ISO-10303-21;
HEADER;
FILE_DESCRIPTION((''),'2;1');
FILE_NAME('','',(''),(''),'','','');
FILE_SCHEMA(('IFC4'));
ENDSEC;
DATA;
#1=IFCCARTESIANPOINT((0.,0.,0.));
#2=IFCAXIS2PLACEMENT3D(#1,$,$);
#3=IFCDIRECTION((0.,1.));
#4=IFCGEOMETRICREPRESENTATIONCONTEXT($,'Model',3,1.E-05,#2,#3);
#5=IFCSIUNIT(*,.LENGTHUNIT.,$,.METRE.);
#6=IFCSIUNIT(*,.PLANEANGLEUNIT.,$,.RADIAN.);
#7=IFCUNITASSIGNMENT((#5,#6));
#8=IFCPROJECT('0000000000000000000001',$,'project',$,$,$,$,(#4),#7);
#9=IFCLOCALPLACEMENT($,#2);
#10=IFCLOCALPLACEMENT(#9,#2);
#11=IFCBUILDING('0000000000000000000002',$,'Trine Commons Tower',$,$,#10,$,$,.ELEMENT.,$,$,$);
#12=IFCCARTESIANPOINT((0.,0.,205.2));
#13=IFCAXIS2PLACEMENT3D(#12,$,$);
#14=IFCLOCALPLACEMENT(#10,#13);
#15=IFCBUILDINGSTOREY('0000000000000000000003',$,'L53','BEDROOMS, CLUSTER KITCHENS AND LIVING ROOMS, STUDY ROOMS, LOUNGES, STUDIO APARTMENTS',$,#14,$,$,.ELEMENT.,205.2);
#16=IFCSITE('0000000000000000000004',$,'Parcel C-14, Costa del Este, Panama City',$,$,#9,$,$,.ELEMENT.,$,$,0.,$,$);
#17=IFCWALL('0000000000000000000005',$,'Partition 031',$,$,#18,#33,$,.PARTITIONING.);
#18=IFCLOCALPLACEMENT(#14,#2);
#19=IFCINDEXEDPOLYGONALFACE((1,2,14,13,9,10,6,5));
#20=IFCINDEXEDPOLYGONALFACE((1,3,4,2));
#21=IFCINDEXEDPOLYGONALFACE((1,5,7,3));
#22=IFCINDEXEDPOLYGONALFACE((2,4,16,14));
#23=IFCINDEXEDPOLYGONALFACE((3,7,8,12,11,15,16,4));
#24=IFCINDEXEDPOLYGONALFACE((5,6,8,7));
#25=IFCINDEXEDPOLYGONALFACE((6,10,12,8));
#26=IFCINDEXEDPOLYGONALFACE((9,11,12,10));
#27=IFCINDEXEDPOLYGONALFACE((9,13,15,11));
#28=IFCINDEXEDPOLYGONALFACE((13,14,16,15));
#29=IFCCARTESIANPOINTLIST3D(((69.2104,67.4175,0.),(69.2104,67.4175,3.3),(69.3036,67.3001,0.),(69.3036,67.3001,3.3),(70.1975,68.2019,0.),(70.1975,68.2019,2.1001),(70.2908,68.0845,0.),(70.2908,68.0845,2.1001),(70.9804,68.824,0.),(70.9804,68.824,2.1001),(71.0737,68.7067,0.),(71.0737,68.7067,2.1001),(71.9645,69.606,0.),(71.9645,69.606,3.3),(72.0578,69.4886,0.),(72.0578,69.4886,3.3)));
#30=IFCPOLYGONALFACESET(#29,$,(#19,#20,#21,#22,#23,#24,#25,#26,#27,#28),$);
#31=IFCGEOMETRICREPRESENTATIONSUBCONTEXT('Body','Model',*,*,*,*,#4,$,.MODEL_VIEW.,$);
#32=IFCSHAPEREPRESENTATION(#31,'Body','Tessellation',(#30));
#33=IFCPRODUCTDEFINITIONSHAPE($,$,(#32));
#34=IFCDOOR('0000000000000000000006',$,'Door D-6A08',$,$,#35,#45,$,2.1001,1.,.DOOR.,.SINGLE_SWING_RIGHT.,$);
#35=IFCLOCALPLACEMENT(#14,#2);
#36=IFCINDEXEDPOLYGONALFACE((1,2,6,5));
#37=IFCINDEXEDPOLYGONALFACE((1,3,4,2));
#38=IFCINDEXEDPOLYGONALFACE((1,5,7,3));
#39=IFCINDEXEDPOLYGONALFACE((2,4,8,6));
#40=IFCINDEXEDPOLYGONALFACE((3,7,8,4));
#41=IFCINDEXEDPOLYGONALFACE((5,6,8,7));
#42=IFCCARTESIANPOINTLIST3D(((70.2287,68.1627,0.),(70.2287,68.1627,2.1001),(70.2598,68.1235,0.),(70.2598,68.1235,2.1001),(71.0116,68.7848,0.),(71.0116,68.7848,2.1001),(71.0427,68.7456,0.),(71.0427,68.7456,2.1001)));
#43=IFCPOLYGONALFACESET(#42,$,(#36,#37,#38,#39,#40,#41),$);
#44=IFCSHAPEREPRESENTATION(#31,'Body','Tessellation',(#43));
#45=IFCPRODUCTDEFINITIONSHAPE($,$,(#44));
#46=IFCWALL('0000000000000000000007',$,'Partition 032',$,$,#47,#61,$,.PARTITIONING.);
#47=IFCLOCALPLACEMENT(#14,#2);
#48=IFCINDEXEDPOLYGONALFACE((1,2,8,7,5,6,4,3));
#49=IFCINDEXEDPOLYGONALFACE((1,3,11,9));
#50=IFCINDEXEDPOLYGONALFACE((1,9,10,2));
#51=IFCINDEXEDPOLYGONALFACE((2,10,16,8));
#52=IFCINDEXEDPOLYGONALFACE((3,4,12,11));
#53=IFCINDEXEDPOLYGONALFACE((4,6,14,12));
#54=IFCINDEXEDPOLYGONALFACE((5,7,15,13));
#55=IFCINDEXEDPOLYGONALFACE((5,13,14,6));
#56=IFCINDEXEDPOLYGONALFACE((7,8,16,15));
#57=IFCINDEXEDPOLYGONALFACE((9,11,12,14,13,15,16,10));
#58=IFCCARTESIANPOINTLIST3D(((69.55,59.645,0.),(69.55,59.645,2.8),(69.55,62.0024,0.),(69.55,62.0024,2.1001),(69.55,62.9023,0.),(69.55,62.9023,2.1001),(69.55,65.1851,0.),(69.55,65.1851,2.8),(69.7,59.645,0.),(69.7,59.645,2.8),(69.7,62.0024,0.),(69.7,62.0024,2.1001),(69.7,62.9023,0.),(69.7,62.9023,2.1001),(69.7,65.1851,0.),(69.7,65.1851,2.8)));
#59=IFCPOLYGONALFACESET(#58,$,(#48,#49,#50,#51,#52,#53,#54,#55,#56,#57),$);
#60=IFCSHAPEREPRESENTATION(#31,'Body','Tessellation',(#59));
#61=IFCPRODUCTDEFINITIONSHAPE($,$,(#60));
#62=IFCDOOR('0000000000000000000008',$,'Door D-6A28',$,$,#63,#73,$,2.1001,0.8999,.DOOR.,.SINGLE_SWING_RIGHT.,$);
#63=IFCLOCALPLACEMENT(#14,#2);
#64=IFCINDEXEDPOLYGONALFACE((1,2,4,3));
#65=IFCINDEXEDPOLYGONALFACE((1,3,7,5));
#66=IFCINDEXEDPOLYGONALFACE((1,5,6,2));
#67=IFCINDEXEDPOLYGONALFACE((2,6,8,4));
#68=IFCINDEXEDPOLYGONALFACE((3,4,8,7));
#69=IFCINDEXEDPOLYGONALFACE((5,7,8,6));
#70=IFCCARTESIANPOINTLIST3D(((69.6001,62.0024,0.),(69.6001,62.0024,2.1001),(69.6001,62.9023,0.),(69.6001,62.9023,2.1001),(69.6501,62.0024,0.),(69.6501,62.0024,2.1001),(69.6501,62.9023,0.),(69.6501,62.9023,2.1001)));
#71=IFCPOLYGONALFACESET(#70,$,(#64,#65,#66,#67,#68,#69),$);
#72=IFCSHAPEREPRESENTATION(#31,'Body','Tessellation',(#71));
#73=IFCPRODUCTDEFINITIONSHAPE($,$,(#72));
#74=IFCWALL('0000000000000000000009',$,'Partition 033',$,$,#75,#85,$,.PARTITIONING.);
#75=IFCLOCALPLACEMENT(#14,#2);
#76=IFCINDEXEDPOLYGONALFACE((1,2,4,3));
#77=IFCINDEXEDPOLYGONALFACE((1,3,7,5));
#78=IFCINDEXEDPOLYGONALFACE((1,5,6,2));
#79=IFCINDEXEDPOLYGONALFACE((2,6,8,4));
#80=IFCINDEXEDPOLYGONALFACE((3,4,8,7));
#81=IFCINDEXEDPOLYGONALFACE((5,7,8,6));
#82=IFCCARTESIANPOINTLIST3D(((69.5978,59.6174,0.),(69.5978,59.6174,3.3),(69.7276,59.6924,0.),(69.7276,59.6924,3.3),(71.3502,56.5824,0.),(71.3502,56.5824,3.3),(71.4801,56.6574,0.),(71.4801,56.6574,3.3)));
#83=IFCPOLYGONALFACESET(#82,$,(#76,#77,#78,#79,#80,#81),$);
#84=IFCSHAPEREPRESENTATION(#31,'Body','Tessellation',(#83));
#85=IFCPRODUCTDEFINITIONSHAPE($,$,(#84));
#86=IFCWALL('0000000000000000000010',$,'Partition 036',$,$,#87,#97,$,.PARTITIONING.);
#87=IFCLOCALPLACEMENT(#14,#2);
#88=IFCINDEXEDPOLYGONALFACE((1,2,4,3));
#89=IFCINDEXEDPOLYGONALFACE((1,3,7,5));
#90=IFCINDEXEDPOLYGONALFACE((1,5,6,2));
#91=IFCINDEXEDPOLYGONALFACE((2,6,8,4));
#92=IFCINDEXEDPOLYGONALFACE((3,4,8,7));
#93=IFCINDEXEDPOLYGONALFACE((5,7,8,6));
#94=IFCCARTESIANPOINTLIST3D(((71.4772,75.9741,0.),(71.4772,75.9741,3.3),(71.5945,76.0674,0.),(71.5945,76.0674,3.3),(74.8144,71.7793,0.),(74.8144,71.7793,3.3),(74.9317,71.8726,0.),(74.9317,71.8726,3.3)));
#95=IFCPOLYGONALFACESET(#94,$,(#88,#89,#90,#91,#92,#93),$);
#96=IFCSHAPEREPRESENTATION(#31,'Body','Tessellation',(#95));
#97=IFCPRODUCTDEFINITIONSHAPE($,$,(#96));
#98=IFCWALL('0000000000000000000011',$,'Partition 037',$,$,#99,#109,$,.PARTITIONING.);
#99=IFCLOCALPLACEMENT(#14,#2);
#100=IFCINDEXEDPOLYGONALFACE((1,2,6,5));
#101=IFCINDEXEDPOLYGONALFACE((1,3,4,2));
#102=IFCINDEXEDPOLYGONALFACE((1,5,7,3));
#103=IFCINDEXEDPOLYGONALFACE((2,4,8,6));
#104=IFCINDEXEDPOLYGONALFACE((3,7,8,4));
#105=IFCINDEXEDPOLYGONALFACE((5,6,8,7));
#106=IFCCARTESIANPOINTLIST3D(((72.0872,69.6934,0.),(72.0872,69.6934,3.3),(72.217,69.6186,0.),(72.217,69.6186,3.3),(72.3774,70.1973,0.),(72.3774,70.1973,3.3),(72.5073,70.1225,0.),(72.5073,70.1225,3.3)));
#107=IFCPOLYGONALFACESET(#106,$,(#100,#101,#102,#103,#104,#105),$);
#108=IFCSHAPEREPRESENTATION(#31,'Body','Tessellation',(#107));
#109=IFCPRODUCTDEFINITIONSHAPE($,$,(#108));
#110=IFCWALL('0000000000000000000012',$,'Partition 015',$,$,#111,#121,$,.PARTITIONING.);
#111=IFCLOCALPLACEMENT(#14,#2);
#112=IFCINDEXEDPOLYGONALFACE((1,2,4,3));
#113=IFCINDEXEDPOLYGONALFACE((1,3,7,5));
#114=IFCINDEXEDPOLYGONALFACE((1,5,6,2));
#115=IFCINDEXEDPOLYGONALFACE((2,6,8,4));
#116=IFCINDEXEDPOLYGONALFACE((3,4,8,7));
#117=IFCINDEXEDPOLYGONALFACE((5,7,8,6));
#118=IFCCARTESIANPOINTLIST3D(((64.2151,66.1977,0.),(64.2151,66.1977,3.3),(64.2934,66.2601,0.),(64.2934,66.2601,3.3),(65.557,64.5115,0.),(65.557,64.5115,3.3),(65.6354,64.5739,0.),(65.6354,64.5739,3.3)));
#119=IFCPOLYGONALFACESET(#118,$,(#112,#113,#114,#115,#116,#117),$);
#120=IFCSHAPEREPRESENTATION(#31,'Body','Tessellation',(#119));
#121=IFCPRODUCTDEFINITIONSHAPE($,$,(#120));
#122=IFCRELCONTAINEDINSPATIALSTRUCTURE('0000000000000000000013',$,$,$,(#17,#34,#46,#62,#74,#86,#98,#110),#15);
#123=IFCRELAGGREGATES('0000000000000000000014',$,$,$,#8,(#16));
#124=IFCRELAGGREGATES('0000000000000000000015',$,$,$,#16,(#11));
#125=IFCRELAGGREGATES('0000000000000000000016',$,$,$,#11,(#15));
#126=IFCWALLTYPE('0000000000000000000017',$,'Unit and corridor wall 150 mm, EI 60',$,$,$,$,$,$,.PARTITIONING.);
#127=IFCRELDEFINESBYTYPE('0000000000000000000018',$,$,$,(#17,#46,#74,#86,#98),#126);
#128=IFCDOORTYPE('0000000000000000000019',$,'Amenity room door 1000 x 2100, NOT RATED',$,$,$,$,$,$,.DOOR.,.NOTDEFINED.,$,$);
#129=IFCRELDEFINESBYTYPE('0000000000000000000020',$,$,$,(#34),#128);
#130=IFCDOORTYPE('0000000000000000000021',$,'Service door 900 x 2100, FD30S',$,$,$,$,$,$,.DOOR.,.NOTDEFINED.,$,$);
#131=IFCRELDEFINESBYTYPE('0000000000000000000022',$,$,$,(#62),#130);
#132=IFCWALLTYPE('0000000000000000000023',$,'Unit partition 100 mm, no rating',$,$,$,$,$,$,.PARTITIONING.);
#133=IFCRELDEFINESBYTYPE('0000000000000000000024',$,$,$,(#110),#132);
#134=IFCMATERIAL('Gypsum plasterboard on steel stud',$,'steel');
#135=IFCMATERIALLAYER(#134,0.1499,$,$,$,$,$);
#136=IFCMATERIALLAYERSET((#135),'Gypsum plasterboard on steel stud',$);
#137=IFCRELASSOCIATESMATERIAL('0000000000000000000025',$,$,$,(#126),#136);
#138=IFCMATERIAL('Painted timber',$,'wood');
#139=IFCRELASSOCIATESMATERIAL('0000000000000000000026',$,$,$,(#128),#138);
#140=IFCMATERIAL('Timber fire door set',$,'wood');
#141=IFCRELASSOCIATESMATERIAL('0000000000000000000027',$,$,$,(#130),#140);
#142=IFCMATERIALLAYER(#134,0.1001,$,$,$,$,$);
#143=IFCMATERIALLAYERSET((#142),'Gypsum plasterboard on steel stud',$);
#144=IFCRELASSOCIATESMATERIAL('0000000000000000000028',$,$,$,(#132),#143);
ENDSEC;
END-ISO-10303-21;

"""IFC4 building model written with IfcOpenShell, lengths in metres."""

from ifc_helpers import new_model, si_unit, direction, frame, frame_2d, origin, place, context, subcontext, project, spatial, rectangle, extrude, material, layer, layer_set, type_object, element, fill, save


model = new_model("IFC4")

# Units and contexts
model_context = context("Model", 3, precision=1e-05, world=origin(), true_north=direction((0.0, 1.0)))
body_context = subcontext(model_context, "Body", "Model", "MODEL_VIEW")
ifc_project = project(units=[si_unit("LENGTHUNIT", "METRE"), si_unit("PLANEANGLEUNIT", "RADIAN")], contexts=[model_context])

# Site, building, storey
site_placement = place(None, origin())
site = spatial("IfcSite", under=ifc_project, at=site_placement, Name="Parcel C-14, Costa del Este, Panama City", CompositionType="ELEMENT", RefElevation=0.0)
building_placement = place(site_placement, origin())
building = spatial("IfcBuilding", under=site, at=building_placement, Name="Trine Commons Tower", CompositionType="ELEMENT")
storey_placement = place(building_placement, frame((0.0, 0.0, 205.2)))
storey = spatial("IfcBuildingStorey", under=building, at=storey_placement, Name="L53", Description="BEDROOMS, CLUSTER KITCHENS AND LIVING ROOMS, STUDY ROOMS, LOUNGES, STUDIO APARTMENTS", CompositionType="ELEMENT", Elevation=205.2)

# Shared definitions
ifc_material_1 = material(Name="Gypsum plasterboard on steel stud", Category="steel")
ifc_layer_1 = layer(ifc_material_1, 0.1499)
ifc_layer_set_1 = layer_set([ifc_layer_1], Name="Gypsum plasterboard on steel stud")
wall_type_1 = type_object("IfcWallType", Name="Unit and corridor wall 150 mm, EI 60", PredefinedType="PARTITIONING", material=ifc_layer_set_1)

# Shared definitions
ifc_material_2 = material(Name="Timber fire door set", Category="wood")

# Shared definitions
ifc_material_3 = material(Name="Painted timber", Category="wood")
door_type_1 = type_object("IfcDoorType", Name="Amenity room door 1000 x 2100, NOT RATED", OperationType="NOTDEFINED", PredefinedType="DOOR", material=ifc_material_3)

# Walls, openings, doors
wall_1_placement = place(storey_placement, frame((69.2571, 67.3589, 0.0), z_axis=(0.0, 0.0, 1.0), x_axis=(0.782923, 0.622119, 0.0)))
wall_1 = element("IfcWall", 1, at=wall_1_placement, inside=storey, type_object=wall_type_1, Name="Partition 031", PredefinedType="PARTITIONING", context=body_context, shape_type="SweptSolid", body=[
    extrude(rectangle(XDim=3.5178, YDim=0.1499, at=frame_2d((1.7588, 0.0))), origin(), (0.0, 0.0, 1.0), 3.3),
])
opening_1_placement = place(wall_1_placement, frame((1.2607, 0.0, 0.0)))
opening_1 = element("IfcOpeningElement", 2, at=opening_1_placement, cuts=wall_1, PredefinedType="OPENING", context=body_context, shape_type="SweptSolid", body=[
    extrude(rectangle(XDim=1.0, YDim=2.1001, at=frame_2d((0.5, 1.05))), frame((0.0, 0.085, 0.0), z_axis=(0.0, -1.0, 0.0), x_axis=(1.0, 0.0, 0.0)), (0.0, 0.0, 1.0), 0.1699),
])
door_1_placement = place(opening_1_placement, origin())
door_1 = element("IfcDoor", 3, at=door_1_placement, inside=storey, type_object=door_type_1, Name="Door D-6A08", OperationType="SINGLE_SWING_RIGHT", OverallHeight=2.1001, OverallWidth=1.0, PredefinedType="DOOR", context=body_context, shape_type="SweptSolid", body=[
    extrude(rectangle(XDim=1.0, YDim=2.1001, at=frame_2d((0.5, 1.05))), frame((0.0, 0.0249, 0.0), z_axis=(0.0, -1.0, 0.0), x_axis=(1.0, 0.0, 0.0)), (0.0, 0.0, 1.0), 0.05),
])
fill(opening_1, door_1)
wall_2_placement = place(storey_placement, frame((69.625, 59.645, 0.0), z_axis=(0.0, 0.0, 1.0), x_axis=(0.0, 1.0, 0.0)))
wall_2 = element("IfcWall", 4, at=wall_2_placement, inside=storey, type_object=wall_type_1, Name="Partition 032", PredefinedType="PARTITIONING", context=body_context, shape_type="SweptSolid", body=[
    extrude(rectangle(XDim=5.54, YDim=0.1499, at=frame_2d((2.77, 0.0))), origin(), (0.0, 0.0, 1.0), 2.8),
])
opening_2_placement = place(wall_2_placement, frame((2.3574, 0.0, 0.0)))
opening_2 = element("IfcOpeningElement", 5, at=opening_2_placement, cuts=wall_2, PredefinedType="OPENING", context=body_context, shape_type="SweptSolid", body=[
    extrude(rectangle(XDim=0.8999, YDim=2.1001, at=frame_2d((0.45, 1.05))), frame((0.0, 0.085, 0.0), z_axis=(0.0, -1.0, 0.0), x_axis=(1.0, 0.0, 0.0)), (0.0, 0.0, 1.0), 0.1699),
])
door_type_2 = type_object("IfcDoorType", Name="Service door 900 x 2100, FD30S", OperationType="NOTDEFINED", PredefinedType="DOOR", material=ifc_material_2)
door_2_placement = place(opening_2_placement, origin())
door_2 = element("IfcDoor", 6, at=door_2_placement, inside=storey, type_object=door_type_2, Name="Door D-6A28", OperationType="SINGLE_SWING_RIGHT", OverallHeight=2.1001, OverallWidth=0.8999, PredefinedType="DOOR", context=body_context, shape_type="SweptSolid", body=[
    extrude(rectangle(XDim=0.8999, YDim=2.1001, at=frame_2d((0.45, 1.05))), frame((0.0, 0.0249, 0.0), z_axis=(0.0, -1.0, 0.0), x_axis=(1.0, 0.0, 0.0)), (0.0, 0.0, 1.0), 0.05),
])
fill(opening_2, door_2)

# Walls
wall_3_placement = place(storey_placement, frame((69.6626, 59.655, 0.0), z_axis=(0.0, 0.0, 1.0), x_axis=(0.50005, -0.865996, 0.0)))
element("IfcWall", 7, at=wall_3_placement, inside=storey, type_object=wall_type_1, Name="Partition 033", PredefinedType="PARTITIONING", context=body_context, shape_type="SweptSolid", body=[
    extrude(rectangle(XDim=3.5046, YDim=0.1499, at=frame_2d((1.7524, 0.0))), origin(), (0.0, 0.0, 1.0), 3.3),
])
wall_4_placement = place(storey_placement, frame((71.5359, 76.0208, 0.0), z_axis=(0.0, 0.0, 1.0), x_axis=(0.622565, -0.782568, 0.0)))
element("IfcWall", 8, at=wall_4_placement, inside=storey, type_object=wall_type_1, Name="Partition 036", PredefinedType="PARTITIONING", context=body_context, shape_type="SweptSolid", body=[
    extrude(rectangle(XDim=5.3604, YDim=0.1499, at=frame_2d((2.6802, 0.0))), origin(), (0.0, 0.0, 1.0), 3.3),
])
wall_5_placement = place(storey_placement, frame((72.1521, 69.656, 0.0), z_axis=(0.0, 0.0, 1.0), x_axis=(0.499165, 0.866507, 0.0)))
element("IfcWall", 9, at=wall_5_placement, inside=storey, type_object=wall_type_1, Name="Partition 037", PredefinedType="PARTITIONING", context=body_context, shape_type="SweptSolid", body=[
    extrude(rectangle(XDim=0.5815, YDim=0.1499, at=frame_2d((0.2908, 0.0))), origin(), (0.0, 0.0, 1.0), 3.3),
])
ifc_layer_2 = layer(ifc_material_1, 0.1001)
ifc_layer_set_2 = layer_set([ifc_layer_2], Name="Gypsum plasterboard on steel stud")
wall_type_2 = type_object("IfcWallType", Name="Unit partition 100 mm, no rating", PredefinedType="PARTITIONING", material=ifc_layer_set_2)
wall_6_placement = place(storey_placement, frame((64.2542, 66.229, 0.0), z_axis=(0.0, 0.0, 1.0), x_axis=(0.622718, -0.782447, 0.0)))
element("IfcWall", 10, at=wall_6_placement, inside=storey, type_object=wall_type_2, Name="Partition 015", PredefinedType="PARTITIONING", context=body_context, shape_type="SweptSolid", body=[
    extrude(rectangle(XDim=2.155, YDim=0.1001, at=frame_2d((1.0776, 0.0))), origin(), (0.0, 0.0, 1.0), 3.3),
])

save(model, "model.ifc")
